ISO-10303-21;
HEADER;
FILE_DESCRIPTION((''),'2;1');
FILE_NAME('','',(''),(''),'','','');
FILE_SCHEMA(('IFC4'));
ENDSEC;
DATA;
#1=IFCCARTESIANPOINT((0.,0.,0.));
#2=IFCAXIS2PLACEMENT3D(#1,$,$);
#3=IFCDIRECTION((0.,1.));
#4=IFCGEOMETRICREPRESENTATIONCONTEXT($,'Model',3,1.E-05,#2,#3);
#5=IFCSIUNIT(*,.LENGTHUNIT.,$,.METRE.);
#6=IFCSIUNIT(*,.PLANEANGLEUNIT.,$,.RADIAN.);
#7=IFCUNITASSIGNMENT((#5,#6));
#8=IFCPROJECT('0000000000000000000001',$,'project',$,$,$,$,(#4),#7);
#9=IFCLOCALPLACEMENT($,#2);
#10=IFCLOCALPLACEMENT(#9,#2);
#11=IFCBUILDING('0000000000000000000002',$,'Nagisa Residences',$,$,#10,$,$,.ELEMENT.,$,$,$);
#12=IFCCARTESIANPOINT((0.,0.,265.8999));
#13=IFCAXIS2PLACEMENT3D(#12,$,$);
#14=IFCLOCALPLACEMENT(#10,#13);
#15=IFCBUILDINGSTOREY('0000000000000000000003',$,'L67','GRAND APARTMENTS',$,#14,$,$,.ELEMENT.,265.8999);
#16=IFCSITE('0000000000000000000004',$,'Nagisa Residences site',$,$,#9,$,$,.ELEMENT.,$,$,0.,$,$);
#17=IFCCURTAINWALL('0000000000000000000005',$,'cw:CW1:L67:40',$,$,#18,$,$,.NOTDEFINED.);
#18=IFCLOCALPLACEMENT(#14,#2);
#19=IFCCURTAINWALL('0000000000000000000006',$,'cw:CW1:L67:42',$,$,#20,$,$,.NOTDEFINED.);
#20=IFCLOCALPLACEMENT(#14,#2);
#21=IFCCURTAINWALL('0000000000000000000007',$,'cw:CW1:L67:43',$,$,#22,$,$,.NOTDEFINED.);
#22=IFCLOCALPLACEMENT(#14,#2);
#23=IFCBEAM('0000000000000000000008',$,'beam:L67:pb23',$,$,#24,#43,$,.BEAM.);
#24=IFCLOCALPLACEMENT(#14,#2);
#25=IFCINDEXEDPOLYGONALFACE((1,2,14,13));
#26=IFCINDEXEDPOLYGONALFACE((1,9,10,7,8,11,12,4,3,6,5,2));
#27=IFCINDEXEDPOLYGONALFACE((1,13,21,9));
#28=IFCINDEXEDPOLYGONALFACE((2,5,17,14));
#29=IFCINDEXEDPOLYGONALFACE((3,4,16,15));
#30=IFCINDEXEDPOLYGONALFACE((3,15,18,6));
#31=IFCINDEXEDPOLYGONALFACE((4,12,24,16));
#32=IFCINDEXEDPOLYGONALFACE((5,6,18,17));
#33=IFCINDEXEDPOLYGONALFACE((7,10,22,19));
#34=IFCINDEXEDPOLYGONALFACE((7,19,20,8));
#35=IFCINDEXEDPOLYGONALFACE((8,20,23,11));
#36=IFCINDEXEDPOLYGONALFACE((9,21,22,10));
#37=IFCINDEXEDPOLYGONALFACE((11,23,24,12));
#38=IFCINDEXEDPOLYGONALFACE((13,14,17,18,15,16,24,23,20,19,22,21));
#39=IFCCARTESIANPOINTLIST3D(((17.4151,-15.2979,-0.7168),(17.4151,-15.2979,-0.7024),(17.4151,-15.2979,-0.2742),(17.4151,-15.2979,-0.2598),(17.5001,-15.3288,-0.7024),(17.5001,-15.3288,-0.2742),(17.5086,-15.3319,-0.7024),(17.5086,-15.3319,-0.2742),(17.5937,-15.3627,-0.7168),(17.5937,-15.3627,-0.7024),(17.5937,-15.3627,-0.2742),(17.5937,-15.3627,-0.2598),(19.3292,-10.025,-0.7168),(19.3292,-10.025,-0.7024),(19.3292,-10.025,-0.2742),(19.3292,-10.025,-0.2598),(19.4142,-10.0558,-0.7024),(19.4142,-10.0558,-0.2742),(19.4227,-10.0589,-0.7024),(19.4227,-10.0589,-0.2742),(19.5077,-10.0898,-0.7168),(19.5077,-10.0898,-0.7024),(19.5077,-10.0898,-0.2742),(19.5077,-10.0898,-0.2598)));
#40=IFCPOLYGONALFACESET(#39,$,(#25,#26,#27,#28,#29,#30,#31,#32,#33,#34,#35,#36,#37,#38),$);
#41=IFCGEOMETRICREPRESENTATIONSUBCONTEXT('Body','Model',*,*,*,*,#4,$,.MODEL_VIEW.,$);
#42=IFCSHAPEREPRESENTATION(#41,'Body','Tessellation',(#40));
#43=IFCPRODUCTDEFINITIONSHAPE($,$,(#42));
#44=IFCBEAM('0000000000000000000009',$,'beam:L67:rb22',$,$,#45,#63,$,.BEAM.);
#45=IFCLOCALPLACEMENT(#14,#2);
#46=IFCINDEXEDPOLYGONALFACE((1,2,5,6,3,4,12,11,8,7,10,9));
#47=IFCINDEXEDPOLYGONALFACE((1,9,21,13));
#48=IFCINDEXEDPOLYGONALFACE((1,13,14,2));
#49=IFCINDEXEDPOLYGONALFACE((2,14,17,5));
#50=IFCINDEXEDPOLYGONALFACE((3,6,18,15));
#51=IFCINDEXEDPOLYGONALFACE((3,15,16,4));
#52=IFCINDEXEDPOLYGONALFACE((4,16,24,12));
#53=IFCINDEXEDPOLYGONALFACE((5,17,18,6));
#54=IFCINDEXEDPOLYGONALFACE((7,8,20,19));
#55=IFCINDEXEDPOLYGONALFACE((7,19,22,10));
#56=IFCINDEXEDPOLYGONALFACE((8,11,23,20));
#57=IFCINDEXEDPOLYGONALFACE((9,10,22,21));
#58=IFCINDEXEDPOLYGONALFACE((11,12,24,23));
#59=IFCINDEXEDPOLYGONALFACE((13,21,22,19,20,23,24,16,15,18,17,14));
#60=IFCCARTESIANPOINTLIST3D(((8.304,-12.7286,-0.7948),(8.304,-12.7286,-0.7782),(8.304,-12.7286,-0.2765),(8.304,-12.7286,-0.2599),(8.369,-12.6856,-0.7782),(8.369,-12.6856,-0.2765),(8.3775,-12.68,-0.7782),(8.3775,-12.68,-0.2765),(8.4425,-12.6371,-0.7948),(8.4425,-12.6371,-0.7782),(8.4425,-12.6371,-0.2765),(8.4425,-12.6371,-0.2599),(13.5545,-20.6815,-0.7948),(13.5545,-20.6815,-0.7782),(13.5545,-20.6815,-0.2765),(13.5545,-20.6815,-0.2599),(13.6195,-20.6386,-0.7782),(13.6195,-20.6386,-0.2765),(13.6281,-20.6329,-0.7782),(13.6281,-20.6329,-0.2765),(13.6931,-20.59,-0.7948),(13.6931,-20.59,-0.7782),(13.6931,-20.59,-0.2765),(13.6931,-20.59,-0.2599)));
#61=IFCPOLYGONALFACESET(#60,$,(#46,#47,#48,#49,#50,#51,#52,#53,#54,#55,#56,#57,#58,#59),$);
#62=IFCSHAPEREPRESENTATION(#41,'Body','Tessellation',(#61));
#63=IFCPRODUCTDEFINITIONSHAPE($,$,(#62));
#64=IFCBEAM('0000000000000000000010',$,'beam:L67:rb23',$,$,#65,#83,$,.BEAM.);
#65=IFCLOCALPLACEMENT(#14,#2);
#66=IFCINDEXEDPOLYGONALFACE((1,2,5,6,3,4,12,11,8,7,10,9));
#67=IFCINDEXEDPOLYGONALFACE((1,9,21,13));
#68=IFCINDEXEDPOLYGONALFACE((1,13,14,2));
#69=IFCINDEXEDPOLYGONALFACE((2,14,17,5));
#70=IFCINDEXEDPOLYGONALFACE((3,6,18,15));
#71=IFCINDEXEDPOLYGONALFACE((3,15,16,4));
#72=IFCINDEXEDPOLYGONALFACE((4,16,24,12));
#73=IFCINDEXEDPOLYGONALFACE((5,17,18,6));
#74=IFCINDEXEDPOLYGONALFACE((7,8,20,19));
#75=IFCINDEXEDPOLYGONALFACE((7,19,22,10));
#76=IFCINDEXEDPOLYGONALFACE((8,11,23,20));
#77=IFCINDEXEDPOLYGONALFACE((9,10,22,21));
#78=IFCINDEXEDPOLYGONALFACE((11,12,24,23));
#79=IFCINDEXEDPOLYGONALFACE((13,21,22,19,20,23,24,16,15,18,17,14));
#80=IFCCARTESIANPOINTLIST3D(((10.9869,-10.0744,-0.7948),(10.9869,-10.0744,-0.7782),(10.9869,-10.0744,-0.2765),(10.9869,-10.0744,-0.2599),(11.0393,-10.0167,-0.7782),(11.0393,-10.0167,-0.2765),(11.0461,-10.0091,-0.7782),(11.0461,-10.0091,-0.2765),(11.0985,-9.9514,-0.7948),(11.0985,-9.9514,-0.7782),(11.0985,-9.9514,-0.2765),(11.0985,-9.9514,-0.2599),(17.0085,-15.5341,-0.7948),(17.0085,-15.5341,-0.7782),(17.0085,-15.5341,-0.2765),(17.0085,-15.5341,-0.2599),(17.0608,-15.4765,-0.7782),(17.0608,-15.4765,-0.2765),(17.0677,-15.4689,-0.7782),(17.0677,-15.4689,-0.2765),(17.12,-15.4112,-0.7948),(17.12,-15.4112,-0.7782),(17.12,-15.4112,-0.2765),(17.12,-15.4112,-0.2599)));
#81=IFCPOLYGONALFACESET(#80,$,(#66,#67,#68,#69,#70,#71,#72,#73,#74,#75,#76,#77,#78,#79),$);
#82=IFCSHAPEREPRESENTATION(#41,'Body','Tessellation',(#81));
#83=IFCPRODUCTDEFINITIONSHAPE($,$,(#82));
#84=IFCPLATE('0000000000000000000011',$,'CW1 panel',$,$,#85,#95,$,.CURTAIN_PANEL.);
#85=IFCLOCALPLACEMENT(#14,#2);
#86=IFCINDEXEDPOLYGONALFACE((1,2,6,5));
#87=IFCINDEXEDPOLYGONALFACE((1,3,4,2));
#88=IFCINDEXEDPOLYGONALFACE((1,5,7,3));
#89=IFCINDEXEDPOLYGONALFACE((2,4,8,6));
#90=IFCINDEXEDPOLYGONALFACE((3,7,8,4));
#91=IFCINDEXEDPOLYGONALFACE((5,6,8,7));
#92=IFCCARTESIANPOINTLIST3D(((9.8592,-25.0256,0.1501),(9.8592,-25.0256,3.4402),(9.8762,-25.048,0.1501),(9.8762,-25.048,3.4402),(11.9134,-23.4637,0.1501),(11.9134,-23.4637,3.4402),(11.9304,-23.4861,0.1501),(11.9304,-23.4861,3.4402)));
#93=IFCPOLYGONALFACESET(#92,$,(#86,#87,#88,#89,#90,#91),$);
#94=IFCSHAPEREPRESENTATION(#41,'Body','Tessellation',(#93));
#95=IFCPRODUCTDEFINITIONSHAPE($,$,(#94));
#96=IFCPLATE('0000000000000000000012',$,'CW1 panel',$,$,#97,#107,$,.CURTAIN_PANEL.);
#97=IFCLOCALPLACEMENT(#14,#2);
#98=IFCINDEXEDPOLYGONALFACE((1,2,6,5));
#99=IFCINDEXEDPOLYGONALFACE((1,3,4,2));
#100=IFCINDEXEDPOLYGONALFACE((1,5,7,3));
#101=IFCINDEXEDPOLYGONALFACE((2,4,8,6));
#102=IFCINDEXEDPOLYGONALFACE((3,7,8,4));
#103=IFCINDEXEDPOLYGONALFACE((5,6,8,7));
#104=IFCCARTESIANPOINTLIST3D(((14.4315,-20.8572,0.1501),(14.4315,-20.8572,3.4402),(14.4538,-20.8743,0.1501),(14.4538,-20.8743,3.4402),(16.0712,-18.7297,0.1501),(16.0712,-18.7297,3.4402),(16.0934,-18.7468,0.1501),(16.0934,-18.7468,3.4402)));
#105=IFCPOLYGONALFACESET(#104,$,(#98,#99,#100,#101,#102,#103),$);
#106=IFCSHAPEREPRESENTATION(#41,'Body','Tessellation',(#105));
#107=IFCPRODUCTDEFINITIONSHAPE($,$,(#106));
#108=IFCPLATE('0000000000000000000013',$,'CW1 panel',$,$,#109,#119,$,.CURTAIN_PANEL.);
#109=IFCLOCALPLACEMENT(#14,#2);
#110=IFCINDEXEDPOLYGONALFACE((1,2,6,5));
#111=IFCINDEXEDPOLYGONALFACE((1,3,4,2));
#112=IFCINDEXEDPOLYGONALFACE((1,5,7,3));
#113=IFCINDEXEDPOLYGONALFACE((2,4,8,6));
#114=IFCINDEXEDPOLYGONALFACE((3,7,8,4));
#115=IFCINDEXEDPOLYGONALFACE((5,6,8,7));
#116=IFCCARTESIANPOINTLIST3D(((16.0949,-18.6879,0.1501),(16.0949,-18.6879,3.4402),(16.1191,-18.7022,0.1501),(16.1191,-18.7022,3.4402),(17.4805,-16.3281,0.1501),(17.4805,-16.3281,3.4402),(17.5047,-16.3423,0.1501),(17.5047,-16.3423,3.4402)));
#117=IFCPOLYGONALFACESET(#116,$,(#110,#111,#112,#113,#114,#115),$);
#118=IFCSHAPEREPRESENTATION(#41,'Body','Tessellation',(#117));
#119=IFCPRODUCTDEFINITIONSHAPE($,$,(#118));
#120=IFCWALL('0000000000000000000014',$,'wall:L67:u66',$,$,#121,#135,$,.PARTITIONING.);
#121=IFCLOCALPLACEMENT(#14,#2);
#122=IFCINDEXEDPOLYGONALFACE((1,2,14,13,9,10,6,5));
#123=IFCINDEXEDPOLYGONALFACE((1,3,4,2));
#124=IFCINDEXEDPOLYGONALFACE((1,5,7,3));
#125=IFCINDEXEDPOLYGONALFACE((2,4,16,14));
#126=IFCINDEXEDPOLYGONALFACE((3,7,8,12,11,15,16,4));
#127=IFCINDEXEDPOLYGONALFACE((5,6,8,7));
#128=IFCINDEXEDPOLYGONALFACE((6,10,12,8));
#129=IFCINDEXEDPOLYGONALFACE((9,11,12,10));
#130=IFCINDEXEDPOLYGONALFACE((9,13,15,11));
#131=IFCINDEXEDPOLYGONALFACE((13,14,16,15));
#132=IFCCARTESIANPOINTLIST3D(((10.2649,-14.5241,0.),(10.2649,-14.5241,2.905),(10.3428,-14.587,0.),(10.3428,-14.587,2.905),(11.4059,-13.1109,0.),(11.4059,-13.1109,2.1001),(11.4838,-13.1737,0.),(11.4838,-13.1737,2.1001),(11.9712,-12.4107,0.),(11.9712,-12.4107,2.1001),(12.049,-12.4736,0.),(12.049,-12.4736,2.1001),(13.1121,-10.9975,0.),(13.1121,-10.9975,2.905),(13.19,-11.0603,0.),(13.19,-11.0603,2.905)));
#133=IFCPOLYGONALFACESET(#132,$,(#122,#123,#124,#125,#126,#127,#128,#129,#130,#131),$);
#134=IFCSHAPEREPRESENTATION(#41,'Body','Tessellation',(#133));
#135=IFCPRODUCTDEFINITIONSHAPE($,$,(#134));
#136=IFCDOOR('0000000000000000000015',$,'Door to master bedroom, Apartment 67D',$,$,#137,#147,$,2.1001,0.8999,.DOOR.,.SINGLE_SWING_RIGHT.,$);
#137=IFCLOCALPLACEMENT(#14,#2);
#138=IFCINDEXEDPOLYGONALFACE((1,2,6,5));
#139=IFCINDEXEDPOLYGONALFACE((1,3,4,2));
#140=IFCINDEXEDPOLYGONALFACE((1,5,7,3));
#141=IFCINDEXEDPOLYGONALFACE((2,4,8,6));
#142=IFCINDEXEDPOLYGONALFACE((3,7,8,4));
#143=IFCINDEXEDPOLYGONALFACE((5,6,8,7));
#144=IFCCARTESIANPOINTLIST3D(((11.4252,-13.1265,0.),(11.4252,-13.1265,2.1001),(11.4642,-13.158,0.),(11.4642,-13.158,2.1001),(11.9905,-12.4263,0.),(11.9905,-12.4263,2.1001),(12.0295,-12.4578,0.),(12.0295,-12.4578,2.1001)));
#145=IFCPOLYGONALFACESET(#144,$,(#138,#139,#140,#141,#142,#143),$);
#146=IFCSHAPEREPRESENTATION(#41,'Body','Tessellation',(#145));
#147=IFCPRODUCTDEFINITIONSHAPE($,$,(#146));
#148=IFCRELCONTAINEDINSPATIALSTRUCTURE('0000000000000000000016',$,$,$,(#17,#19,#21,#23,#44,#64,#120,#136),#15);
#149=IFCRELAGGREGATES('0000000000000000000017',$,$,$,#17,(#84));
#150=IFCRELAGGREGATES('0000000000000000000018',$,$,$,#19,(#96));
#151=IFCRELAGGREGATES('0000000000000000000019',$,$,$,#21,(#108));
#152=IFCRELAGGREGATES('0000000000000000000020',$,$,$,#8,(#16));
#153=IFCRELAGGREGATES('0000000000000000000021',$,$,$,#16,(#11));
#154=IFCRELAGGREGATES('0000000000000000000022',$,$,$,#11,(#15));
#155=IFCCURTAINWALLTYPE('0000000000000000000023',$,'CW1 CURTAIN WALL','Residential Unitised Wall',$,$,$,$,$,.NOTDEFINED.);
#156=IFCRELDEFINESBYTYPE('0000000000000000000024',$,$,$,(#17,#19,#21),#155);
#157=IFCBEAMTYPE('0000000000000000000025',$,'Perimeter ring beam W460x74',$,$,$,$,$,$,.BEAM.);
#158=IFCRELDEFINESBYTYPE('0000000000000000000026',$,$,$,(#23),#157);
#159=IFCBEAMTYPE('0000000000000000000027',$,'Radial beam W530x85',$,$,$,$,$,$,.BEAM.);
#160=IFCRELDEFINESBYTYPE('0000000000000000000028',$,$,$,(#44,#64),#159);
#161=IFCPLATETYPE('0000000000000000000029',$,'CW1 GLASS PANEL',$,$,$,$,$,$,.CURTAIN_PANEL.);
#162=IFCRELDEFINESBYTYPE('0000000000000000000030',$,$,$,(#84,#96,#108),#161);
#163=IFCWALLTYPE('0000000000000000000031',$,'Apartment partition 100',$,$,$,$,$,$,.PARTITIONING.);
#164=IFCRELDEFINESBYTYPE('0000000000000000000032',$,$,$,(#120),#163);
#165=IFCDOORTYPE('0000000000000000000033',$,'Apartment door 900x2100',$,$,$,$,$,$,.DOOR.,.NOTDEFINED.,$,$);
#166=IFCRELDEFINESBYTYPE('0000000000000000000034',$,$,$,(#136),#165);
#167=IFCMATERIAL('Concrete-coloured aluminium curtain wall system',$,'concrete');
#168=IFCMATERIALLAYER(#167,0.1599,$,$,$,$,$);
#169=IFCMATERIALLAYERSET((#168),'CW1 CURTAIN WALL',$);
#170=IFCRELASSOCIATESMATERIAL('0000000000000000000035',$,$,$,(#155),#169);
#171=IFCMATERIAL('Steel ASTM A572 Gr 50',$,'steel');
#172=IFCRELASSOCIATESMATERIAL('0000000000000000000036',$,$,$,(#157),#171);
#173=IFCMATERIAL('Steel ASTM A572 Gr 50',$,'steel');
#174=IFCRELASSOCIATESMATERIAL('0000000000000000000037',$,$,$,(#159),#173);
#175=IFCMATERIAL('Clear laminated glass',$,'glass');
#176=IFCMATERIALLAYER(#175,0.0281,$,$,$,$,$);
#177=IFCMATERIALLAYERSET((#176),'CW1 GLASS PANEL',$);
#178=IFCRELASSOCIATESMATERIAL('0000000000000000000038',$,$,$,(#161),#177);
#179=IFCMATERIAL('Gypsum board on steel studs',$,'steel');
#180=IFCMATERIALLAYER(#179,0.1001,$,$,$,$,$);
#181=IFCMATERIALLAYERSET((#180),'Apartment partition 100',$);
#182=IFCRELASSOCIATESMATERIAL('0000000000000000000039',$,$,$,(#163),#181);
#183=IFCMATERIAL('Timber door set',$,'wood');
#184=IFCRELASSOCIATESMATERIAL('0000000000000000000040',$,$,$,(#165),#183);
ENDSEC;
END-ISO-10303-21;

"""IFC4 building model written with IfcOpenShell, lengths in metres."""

from ifc_helpers import new_model, si_unit, direction, frame, frame_2d, origin, origin_2d, place, context, subcontext, project, spatial, rectangle, i_section, extrude, material, layer, layer_set, material_profile, profile_set, type_object, element, fill, aggregate, save


model = new_model("IFC4")

# Units and contexts
model_context = context("Model", 3, precision=1e-05, world=origin(), true_north=direction((0.0, 1.0)))
body_context = subcontext(model_context, "Body", "Model", "MODEL_VIEW")
ifc_project = project(units=[si_unit("LENGTHUNIT", "METRE"), si_unit("PLANEANGLEUNIT", "RADIAN")], contexts=[model_context])

# Site, building, storey
site_placement = place(None, origin())
site = spatial("IfcSite", under=ifc_project, at=site_placement, Name="Nagisa Residences site", CompositionType="ELEMENT", RefElevation=0.0)
building_placement = place(site_placement, origin())
building = spatial("IfcBuilding", under=site, at=building_placement, Name="Nagisa Residences", CompositionType="ELEMENT")
storey_placement = place(building_placement, frame((0.0, 0.0, 265.8999)))
storey = spatial("IfcBuildingStorey", under=building, at=storey_placement, Name="L67", Description="GRAND APARTMENTS", CompositionType="ELEMENT", Elevation=265.8999)

# Curtain walls
ifc_material_1 = material(Name="Concrete-coloured aluminium curtain wall system", Category="concrete")
ifc_layer_1 = layer(ifc_material_1, 0.1599)
ifc_layer_set_1 = layer_set([ifc_layer_1], Name="CW1 CURTAIN WALL")
curtain_wall_type = type_object("IfcCurtainWallType", Name="CW1 CURTAIN WALL", Description="Residential Unitised Wall", PredefinedType="NOTDEFINED", material=ifc_layer_set_1)
curtain_wall_1_placement = place(storey_placement, origin())
curtain_wall_1 = element("IfcCurtainWall", 1, at=curtain_wall_1_placement, inside=storey, type_object=curtain_wall_type, Name="cw:CW1:L67:40", PredefinedType="NOTDEFINED")
curtain_wall_2_placement = place(storey_placement, origin())
curtain_wall_2 = element("IfcCurtainWall", 2, at=curtain_wall_2_placement, inside=storey, type_object=curtain_wall_type, Name="cw:CW1:L67:42", PredefinedType="NOTDEFINED")
curtain_wall_3_placement = place(storey_placement, origin())
curtain_wall_3 = element("IfcCurtainWall", 3, at=curtain_wall_3_placement, inside=storey, type_object=curtain_wall_type, Name="cw:CW1:L67:43", PredefinedType="NOTDEFINED")

# Beams
ifc_material_2 = material(Name="Steel ASTM A572 Gr 50", Category="steel")
ifc_material_profile_1 = material_profile(ifc_material_2, i_section(OverallWidth=0.1899, OverallDepth=0.457, WebThickness=0.009, FlangeThickness=0.0144, at=origin_2d()), Name="W460x74")
ifc_profile_set_1 = profile_set([ifc_material_profile_1], Name="Steel ASTM A572 Gr 50")
beam_type_1 = type_object("IfcBeamType", Name="Perimeter ring beam W460x74", PredefinedType="BEAM", material=ifc_profile_set_1)
beam_1_placement = place(storey_placement, frame((17.5044, -15.3303, -0.4883), z_axis=(0.341212, 0.939986, 0.0), x_axis=(-0.939986, 0.341212, 0.0)))
element("IfcBeam", 4, at=beam_1_placement, inside=storey, type_object=beam_type_1, Name="beam:L67:pb23", PredefinedType="BEAM", context=body_context, shape_type="SweptSolid", body=[
    extrude(i_section(OverallWidth=0.1899, OverallDepth=0.457, WebThickness=0.009, FlangeThickness=0.0144, at=origin_2d()), origin(), (0.0, 0.0, 1.0), 5.6096),
])
ifc_material_3 = material(Name="Steel ASTM A572 Gr 50", Category="steel")
ifc_material_profile_2 = material_profile(ifc_material_3, i_section(OverallWidth=0.166, OverallDepth=0.5349, WebThickness=0.0103, FlangeThickness=0.0166, at=origin_2d()), Name="W530x85")
ifc_profile_set_2 = profile_set([ifc_material_profile_2], Name="Steel ASTM A572 Gr 50")
beam_type_2 = type_object("IfcBeamType", Name="Radial beam W530x85", PredefinedType="BEAM", material=ifc_profile_set_2)
beam_2_placement = place(storey_placement, frame((13.6238, -20.6357, -0.5273), z_axis=(-0.550958, 0.834533, 0.0), x_axis=(-0.834533, -0.550958, 0.0)))
element("IfcBeam", 5, at=beam_2_placement, inside=storey, type_object=beam_type_2, Name="beam:L67:rb22", PredefinedType="BEAM", context=body_context, shape_type="SweptSolid", body=[
    extrude(i_section(OverallWidth=0.166, OverallDepth=0.5349, WebThickness=0.0103, FlangeThickness=0.0166, at=origin_2d()), origin(), (0.0, 0.0, 1.0), 9.5298),
])
beam_3_placement = place(storey_placement, frame((17.0642, -15.4727, -0.5273), z_axis=(-0.740819, 0.671705, 0.0), x_axis=(-0.671705, -0.740819, 0.0)))
element("IfcBeam", 6, at=beam_3_placement, inside=storey, type_object=beam_type_2, Name="beam:L67:rb23", PredefinedType="BEAM", context=body_context, shape_type="SweptSolid", body=[
    extrude(i_section(OverallWidth=0.166, OverallDepth=0.5349, WebThickness=0.0103, FlangeThickness=0.0166, at=origin_2d()), origin(), (0.0, 0.0, 1.0), 8.1282),
])

# Plates
ifc_material_4 = material(Name="Clear laminated glass", Category="glass")
ifc_layer_2 = layer(ifc_material_4, 0.0281)
ifc_layer_set_2 = layer_set([ifc_layer_2], Name="CW1 GLASS PANEL")
plate_type = type_object("IfcPlateType", Name="CW1 GLASS PANEL", PredefinedType="CURTAIN_PANEL", material=ifc_layer_set_2)
plate_1_placement = place(storey_placement, frame((10.8948, -24.2559, 0.1501), z_axis=(0.0, 0.0, 1.0), x_axis=(0.796031, 0.605255, 0.0)))
plate_1 = element("IfcPlate", 7, at=plate_1_placement, type_object=plate_type, Name="CW1 panel", PredefinedType="CURTAIN_PANEL", context=body_context, shape_type="SweptSolid", body=[
    extrude(rectangle(XDim=2.5806, YDim=0.0281, at=origin_2d()), origin(), (0.0, 0.0, 1.0), 3.29),
])
aggregate(curtain_wall_1, [plate_1])
plate_2_placement = place(storey_placement, frame((15.2625, -19.802, 0.1501), z_axis=(0.0, 0.0, 1.0), x_axis=(0.61043, 0.79207, 0.0)))
plate_2 = element("IfcPlate", 8, at=plate_2_placement, type_object=plate_type, Name="CW1 panel", PredefinedType="CURTAIN_PANEL", context=body_context, shape_type="SweptSolid", body=[
    extrude(rectangle(XDim=2.686, YDim=0.0281, at=origin_2d()), origin(), (0.0, 0.0, 1.0), 3.29),
])
aggregate(curtain_wall_2, [plate_2])
plate_3_placement = place(storey_placement, frame((16.7998, -17.5151, 0.1501), z_axis=(0.0, 0.0, 1.0), x_axis=(0.506349, 0.862329, 0.0)))
plate_3 = element("IfcPlate", 9, at=plate_3_placement, type_object=plate_type, Name="CW1 panel", PredefinedType="CURTAIN_PANEL", context=body_context, shape_type="SweptSolid", body=[
    extrude(rectangle(XDim=2.7366, YDim=0.0281, at=origin_2d()), origin(), (0.0, 0.0, 1.0), 3.29),
])
aggregate(curtain_wall_3, [plate_3])

# Wall, opening, door
ifc_material_5 = material(Name="Gypsum board on steel studs", Category="steel")
ifc_layer_3 = layer(ifc_material_5, 0.1001)
ifc_layer_set_3 = layer_set([ifc_layer_3], Name="Apartment partition 100")
wall_type_1 = type_object("IfcWallType", Name="Apartment partition 100", PredefinedType="PARTITIONING", material=ifc_layer_set_3)
wall_1_placement = place(storey_placement, frame((10.304, -14.5554, 0.0), z_axis=(0.0, 0.0, 1.0), x_axis=(0.62817, 0.778076, 0.0)))
wall_1 = element("IfcWall", 10, at=wall_1_placement, inside=storey, type_object=wall_type_1, Name="wall:L67:u66", PredefinedType="PARTITIONING", context=body_context, shape_type="SweptSolid", body=[
    extrude(rectangle(XDim=4.5325, YDim=0.1001, at=frame_2d((2.2661, 0.0))), origin(), (0.0, 0.0, 1.0), 2.905),
])
opening_1_placement = place(wall_1_placement, frame((1.8162, 0.0, 0.0)))
opening_1 = element("IfcOpeningElement", 11, at=opening_1_placement, cuts=wall_1, PredefinedType="OPENING", context=body_context, shape_type="SweptSolid", body=[
    extrude(rectangle(XDim=0.8999, YDim=2.1001, at=frame_2d((0.45, 1.05))), frame((0.0, 0.0601, 0.0), z_axis=(0.0, -1.0, 0.0), x_axis=(1.0, 0.0, 0.0)), (0.0, 0.0, 1.0), 0.1201),
])
ifc_material_6 = material(Name="Timber door set", Category="wood")
door_type_1 = type_object("IfcDoorType", Name="Apartment door 900x2100", OperationType="NOTDEFINED", PredefinedType="DOOR", material=ifc_material_6)
door_1_placement = place(opening_1_placement, frame((0.8999, 0.0, 0.0), x_axis=(-1.0, 0.0, 0.0)))
door_1 = element("IfcDoor", 12, at=door_1_placement, inside=storey, type_object=door_type_1, Name="Door to master bedroom, Apartment 67D", OperationType="SINGLE_SWING_RIGHT", OverallHeight=2.1001, OverallWidth=0.8999, PredefinedType="DOOR", context=body_context, shape_type="SweptSolid", body=[
    extrude(rectangle(XDim=0.8999, YDim=2.1001, at=frame_2d((0.45, 1.05))), frame((0.0, 0.0249, 0.0), z_axis=(0.0, -1.0, 0.0), x_axis=(1.0, 0.0, 0.0)), (0.0, 0.0, 1.0), 0.05),
])
fill(opening_1, door_1)

save(model, "model.ifc")
